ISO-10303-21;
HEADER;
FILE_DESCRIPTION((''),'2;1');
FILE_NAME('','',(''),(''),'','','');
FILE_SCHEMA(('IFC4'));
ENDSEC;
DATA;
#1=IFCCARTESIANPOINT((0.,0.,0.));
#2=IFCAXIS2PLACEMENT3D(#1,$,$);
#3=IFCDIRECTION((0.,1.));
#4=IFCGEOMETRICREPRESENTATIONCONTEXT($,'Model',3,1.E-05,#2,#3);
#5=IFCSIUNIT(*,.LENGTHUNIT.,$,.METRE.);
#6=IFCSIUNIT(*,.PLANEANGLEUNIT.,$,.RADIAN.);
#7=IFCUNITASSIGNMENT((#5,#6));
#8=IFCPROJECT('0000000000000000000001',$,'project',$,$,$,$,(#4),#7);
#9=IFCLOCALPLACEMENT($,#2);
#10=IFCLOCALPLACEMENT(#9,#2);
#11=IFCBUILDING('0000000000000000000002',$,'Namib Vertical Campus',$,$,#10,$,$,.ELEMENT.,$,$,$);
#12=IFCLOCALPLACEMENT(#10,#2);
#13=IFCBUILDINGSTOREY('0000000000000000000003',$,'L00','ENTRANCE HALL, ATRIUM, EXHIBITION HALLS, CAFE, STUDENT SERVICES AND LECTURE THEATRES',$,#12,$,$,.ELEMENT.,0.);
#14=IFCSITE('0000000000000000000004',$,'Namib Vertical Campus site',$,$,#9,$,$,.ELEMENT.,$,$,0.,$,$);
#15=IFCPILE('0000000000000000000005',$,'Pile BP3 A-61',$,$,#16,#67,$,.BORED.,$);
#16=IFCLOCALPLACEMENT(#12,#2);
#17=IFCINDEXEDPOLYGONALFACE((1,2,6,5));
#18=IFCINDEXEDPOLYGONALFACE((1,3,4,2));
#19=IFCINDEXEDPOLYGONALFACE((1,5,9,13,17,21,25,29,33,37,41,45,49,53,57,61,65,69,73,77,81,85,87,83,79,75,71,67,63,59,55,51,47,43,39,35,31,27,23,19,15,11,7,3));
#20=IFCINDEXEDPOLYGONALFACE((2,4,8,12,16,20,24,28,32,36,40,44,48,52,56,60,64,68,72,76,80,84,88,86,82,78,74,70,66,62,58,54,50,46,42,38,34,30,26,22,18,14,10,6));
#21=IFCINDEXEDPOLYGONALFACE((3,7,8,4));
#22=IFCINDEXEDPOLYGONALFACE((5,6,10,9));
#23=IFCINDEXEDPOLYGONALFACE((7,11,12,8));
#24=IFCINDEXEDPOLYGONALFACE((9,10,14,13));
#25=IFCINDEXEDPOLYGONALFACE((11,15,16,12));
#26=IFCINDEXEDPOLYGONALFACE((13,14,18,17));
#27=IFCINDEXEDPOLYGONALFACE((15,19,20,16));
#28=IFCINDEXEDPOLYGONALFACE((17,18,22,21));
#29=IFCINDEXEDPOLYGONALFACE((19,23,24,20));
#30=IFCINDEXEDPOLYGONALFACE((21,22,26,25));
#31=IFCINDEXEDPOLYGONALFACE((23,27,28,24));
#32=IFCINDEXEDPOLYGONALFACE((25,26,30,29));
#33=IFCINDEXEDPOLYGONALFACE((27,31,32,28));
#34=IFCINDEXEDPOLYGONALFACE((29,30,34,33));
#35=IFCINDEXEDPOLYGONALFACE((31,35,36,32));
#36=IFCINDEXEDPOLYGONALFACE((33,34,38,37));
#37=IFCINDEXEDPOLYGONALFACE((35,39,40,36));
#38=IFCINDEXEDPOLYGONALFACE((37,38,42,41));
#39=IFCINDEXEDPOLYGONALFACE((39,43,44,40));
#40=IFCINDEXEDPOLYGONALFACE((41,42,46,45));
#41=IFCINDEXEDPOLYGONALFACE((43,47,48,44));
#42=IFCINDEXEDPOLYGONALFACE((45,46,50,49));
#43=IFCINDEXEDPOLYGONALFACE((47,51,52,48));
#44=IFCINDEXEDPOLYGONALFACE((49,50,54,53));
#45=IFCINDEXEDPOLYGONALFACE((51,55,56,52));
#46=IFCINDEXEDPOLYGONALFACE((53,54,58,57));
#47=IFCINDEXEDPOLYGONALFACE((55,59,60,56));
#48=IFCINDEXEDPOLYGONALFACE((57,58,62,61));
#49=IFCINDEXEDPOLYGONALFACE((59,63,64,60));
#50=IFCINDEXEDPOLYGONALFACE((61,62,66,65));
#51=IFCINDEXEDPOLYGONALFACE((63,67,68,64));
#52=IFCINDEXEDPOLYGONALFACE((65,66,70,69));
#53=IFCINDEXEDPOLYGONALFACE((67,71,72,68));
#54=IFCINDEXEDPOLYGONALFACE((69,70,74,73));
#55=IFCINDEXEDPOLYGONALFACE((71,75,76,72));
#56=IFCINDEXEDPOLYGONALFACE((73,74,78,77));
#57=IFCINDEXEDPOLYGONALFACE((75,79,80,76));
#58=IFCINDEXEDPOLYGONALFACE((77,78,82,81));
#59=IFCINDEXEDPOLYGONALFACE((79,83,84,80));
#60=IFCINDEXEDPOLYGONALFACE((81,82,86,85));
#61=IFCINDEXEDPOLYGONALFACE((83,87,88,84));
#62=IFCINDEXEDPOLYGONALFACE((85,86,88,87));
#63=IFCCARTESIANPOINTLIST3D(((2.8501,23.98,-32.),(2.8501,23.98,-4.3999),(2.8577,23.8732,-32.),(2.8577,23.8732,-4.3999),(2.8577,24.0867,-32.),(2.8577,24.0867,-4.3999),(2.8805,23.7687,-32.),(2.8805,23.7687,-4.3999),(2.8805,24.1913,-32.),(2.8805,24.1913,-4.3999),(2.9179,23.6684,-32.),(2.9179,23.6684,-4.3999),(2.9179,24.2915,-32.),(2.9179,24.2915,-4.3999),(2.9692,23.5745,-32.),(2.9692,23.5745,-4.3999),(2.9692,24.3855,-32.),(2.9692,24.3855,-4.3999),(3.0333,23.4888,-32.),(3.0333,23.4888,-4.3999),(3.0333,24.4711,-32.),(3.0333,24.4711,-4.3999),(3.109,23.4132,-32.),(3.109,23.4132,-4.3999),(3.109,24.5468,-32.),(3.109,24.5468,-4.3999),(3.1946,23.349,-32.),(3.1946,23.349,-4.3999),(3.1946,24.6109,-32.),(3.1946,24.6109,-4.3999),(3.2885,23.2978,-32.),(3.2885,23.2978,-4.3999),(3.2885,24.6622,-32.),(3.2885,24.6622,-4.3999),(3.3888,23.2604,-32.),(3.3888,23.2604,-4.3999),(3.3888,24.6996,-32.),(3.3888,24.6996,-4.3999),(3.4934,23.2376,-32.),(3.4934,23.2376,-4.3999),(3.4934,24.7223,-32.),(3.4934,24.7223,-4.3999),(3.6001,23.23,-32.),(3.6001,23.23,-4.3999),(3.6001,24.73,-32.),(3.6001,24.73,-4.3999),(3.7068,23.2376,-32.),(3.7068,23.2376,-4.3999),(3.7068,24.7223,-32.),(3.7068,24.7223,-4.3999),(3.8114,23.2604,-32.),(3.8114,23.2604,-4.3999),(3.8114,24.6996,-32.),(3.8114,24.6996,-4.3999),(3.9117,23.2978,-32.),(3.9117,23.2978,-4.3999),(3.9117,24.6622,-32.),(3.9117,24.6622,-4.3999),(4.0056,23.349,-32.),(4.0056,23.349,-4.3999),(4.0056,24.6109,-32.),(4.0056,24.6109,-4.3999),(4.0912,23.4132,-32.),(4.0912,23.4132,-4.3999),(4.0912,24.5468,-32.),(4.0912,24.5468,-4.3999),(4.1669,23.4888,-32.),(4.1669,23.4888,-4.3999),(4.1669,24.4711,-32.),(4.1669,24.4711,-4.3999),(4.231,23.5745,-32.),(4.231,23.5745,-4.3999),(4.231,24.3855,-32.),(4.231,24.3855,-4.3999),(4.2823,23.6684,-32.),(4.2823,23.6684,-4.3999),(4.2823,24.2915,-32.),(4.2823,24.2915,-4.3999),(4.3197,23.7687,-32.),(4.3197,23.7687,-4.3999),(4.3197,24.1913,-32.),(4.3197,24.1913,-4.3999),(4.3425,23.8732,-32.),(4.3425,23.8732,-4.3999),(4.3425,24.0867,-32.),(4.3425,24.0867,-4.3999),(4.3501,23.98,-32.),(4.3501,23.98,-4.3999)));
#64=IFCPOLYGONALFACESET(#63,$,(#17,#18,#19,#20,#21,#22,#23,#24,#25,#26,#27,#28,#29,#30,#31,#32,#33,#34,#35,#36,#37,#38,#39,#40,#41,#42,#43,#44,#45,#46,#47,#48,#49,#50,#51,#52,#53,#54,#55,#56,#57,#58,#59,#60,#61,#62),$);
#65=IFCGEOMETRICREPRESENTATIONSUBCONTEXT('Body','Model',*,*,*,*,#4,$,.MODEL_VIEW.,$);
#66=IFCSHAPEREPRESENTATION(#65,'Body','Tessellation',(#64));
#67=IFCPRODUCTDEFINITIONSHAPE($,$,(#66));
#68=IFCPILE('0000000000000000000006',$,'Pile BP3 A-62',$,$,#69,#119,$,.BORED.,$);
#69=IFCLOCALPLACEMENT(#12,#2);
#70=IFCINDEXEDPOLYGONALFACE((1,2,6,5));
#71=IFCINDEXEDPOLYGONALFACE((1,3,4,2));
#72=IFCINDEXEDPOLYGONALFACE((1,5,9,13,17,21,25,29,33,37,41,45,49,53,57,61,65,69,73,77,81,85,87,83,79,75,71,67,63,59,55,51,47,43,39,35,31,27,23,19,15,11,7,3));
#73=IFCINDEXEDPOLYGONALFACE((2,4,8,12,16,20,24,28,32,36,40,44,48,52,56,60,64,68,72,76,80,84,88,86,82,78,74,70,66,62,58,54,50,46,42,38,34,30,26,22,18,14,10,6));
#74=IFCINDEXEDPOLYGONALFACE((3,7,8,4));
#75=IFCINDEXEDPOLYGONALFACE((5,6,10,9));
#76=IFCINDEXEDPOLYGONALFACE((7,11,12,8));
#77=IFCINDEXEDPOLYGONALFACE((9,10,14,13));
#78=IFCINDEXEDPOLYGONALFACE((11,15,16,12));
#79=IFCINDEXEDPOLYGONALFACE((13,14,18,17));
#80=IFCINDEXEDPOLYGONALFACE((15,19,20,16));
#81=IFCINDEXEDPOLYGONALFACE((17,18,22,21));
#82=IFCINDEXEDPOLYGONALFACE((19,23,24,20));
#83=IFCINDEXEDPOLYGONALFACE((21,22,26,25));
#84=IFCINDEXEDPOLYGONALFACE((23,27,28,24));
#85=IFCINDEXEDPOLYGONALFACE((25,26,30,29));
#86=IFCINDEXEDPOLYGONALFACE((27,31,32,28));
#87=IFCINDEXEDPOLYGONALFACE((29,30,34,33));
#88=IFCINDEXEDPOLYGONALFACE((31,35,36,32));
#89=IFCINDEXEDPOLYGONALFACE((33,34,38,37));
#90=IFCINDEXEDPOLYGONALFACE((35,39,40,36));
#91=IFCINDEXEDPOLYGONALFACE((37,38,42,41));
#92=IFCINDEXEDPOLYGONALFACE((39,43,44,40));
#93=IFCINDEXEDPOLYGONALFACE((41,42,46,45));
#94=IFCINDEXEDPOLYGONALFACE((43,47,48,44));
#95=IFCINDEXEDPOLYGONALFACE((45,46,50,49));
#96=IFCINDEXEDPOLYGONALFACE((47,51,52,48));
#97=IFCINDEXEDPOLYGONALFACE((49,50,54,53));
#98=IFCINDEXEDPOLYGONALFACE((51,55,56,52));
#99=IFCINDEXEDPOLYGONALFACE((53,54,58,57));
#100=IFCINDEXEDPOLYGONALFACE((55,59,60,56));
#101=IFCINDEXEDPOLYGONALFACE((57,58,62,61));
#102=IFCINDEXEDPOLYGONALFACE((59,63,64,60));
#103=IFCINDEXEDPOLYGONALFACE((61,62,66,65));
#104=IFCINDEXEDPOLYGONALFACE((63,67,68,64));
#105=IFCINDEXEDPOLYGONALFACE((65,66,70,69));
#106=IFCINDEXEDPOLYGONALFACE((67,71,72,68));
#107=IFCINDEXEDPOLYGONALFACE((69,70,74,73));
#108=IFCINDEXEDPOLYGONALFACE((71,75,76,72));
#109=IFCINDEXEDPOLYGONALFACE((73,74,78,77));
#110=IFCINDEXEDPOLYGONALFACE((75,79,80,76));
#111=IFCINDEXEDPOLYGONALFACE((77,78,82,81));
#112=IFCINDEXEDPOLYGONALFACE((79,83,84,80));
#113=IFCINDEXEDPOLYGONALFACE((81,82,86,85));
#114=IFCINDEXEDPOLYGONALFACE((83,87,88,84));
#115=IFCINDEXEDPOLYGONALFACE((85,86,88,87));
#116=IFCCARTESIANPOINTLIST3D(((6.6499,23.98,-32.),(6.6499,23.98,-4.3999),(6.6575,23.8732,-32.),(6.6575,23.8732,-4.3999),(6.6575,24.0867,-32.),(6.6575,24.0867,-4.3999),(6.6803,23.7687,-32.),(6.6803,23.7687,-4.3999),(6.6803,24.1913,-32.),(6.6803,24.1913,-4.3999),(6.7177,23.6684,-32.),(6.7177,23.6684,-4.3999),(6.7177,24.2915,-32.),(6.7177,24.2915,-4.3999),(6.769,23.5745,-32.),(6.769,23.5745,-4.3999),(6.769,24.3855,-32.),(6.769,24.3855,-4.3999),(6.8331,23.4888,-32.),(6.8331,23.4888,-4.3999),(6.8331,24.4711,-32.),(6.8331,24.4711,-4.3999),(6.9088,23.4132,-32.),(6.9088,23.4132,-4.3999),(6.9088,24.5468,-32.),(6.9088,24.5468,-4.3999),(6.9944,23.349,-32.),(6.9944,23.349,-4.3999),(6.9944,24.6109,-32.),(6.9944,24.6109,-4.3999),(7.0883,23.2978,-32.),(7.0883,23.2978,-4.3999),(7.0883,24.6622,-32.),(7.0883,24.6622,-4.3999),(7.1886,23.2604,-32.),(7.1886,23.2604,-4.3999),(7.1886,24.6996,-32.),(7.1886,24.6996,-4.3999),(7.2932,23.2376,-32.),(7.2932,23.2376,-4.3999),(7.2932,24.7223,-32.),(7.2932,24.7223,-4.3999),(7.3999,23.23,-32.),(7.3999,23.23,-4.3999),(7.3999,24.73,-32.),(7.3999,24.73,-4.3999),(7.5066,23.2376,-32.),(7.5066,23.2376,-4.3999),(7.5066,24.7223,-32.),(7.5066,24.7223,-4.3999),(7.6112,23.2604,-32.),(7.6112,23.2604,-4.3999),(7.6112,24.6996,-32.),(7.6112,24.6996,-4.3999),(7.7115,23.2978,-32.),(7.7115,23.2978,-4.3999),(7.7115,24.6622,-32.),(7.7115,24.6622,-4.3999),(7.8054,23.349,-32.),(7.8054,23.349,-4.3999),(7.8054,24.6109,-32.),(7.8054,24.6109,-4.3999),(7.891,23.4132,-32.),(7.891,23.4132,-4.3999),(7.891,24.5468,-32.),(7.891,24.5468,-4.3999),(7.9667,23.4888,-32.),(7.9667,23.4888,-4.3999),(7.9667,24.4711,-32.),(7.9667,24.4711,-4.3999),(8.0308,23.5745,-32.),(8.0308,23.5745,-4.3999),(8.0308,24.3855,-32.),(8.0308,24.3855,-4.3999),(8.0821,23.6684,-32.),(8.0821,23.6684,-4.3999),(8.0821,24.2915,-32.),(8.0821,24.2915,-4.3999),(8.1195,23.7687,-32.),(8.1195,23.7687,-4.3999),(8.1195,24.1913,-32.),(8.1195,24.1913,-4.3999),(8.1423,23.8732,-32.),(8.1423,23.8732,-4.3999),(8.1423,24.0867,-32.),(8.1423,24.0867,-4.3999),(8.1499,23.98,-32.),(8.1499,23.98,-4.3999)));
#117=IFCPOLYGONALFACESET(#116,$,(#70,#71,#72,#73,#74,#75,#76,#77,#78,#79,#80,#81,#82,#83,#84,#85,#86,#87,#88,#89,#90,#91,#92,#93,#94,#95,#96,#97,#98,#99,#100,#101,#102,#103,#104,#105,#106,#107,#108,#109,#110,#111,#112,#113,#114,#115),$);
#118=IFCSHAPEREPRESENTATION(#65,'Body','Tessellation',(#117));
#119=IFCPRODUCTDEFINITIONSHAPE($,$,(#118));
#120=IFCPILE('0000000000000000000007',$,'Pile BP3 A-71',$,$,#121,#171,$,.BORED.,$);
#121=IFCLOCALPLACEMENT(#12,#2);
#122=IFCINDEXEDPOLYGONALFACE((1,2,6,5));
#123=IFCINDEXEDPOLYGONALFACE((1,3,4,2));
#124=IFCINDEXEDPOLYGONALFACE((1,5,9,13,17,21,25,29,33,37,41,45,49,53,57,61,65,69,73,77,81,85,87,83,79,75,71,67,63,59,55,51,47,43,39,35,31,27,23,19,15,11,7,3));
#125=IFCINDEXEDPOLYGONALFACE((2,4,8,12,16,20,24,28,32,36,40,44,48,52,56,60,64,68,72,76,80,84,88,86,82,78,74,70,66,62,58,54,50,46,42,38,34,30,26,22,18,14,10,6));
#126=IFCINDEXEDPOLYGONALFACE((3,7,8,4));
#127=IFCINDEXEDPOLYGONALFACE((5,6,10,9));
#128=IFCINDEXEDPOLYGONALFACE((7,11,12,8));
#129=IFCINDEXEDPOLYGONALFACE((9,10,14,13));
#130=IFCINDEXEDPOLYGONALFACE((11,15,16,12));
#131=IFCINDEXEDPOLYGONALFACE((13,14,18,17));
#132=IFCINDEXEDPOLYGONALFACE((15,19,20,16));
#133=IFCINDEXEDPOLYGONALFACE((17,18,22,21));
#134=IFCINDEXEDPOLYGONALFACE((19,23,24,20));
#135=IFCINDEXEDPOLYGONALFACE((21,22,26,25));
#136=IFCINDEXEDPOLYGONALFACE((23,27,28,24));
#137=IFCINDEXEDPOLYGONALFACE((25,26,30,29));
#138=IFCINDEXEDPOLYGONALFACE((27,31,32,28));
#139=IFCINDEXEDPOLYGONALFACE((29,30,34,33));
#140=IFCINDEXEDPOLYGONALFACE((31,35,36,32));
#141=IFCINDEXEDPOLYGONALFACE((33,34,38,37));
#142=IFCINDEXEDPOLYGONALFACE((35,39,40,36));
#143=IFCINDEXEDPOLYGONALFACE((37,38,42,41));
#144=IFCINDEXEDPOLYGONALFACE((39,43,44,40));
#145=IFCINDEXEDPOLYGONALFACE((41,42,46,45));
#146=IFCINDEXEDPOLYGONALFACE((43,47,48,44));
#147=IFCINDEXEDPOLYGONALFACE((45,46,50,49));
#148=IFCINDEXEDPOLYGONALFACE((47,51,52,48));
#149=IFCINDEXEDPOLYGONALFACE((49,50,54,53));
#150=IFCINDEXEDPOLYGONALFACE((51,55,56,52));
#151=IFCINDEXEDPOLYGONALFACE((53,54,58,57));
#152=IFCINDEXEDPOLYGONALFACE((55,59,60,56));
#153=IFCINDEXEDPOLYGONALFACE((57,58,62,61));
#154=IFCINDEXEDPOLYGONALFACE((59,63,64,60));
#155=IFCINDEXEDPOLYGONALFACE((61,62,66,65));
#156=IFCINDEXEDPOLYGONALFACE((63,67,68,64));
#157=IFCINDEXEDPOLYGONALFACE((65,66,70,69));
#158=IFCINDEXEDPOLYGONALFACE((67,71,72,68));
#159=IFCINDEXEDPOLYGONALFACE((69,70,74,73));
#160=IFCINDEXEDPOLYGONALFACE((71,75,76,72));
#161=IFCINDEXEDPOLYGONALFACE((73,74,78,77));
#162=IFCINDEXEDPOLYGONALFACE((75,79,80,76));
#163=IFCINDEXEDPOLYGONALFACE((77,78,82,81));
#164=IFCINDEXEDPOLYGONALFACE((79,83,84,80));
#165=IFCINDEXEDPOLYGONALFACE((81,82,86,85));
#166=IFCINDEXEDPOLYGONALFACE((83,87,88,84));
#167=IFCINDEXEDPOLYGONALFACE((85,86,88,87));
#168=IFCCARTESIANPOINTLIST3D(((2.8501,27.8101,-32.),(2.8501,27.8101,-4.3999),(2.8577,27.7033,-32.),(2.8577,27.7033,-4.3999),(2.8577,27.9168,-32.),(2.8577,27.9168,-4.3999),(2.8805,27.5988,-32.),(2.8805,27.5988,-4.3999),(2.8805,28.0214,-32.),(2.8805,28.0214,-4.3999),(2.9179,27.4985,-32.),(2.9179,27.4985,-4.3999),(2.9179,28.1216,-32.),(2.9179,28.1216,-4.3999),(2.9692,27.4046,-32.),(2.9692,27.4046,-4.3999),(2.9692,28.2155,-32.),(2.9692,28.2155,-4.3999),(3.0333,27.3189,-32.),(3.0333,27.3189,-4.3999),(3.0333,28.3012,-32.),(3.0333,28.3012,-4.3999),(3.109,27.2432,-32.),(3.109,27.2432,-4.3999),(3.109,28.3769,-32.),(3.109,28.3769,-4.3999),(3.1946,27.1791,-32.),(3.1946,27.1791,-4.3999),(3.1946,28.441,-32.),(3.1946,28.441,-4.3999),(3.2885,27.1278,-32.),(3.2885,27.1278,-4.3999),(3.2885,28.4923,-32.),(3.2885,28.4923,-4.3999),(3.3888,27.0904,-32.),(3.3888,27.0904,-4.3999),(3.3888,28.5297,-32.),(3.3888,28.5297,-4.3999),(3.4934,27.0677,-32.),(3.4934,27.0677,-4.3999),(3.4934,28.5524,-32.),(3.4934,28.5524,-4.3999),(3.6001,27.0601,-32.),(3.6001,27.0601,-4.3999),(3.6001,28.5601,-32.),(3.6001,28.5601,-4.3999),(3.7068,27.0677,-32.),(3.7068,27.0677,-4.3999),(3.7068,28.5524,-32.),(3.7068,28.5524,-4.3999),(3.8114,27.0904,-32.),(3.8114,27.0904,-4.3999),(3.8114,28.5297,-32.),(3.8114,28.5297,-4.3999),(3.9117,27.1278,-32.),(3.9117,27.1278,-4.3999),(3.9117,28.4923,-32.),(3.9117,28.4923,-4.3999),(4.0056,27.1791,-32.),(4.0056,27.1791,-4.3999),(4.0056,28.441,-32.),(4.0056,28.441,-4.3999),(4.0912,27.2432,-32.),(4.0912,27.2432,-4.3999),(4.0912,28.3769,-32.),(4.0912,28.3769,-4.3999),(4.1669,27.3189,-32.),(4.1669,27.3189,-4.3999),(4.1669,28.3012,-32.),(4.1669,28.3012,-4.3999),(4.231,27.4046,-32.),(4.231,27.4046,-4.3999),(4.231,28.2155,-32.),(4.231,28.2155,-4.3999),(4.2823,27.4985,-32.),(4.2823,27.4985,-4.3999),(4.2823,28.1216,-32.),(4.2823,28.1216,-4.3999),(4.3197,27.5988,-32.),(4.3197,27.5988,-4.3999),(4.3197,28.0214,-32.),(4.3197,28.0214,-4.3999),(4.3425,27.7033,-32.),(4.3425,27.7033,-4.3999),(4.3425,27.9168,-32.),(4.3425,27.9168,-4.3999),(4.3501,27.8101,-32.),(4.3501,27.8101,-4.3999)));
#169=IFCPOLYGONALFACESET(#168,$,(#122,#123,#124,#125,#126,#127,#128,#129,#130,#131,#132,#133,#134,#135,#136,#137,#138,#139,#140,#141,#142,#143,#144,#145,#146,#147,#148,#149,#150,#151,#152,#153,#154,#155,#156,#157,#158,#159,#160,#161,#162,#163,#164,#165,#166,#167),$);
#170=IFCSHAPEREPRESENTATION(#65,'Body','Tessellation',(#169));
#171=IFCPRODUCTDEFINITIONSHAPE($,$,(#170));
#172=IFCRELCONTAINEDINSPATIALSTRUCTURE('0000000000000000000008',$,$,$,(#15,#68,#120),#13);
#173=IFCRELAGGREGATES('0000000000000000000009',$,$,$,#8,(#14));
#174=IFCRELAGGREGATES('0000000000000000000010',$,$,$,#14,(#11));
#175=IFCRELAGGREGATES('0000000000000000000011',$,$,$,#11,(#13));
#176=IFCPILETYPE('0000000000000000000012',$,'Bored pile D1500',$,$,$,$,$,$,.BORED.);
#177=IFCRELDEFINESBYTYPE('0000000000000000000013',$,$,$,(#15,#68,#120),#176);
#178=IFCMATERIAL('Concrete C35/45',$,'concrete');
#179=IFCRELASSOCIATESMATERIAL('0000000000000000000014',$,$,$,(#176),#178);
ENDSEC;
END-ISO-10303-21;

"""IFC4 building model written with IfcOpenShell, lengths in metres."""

from ifc_helpers import new_model, si_unit, direction, frame, origin, origin_2d, place, context, subcontext, project, spatial, circle, extrude, material, material_profile, profile_set, type_object, element, save


model = new_model("IFC4")

# Units and contexts
model_context = context("Model", 3, precision=1e-05, world=origin(), true_north=direction((0.0, 1.0)))
body_context = subcontext(model_context, "Body", "Model", "MODEL_VIEW")
ifc_project = project(units=[si_unit("LENGTHUNIT", "METRE"), si_unit("PLANEANGLEUNIT", "RADIAN")], contexts=[model_context])

# Site, building, storey
site_placement = place(None, origin())
site = spatial("IfcSite", under=ifc_project, at=site_placement, Name="Namib Vertical Campus site", CompositionType="ELEMENT", RefElevation=0.0)
building_placement = place(site_placement, origin())
building = spatial("IfcBuilding", under=site, at=building_placement, Name="Namib Vertical Campus", CompositionType="ELEMENT")
storey_placement = place(building_placement, origin())
storey = spatial("IfcBuildingStorey", under=building, at=storey_placement, Name="L00", Description="ENTRANCE HALL, ATRIUM, EXHIBITION HALLS, CAFE, STUDENT SERVICES AND LECTURE THEATRES", CompositionType="ELEMENT", Elevation=0.0)

# Piles
ifc_material_1 = material(Name="Concrete C35/45", Category="concrete")
ifc_material_profile_1 = material_profile(ifc_material_1, circle(Radius=0.75, at=origin_2d()))
ifc_profile_set_1 = profile_set([ifc_material_profile_1], Name="Concrete C35/45")
pile_type = type_object("IfcPileType", Name="Bored pile D1500", PredefinedType="BORED", material=ifc_profile_set_1)
for number, where, z_axis, x_axis, name in (
    (1, (3.6001, 23.98, -4.3999), (0.0, 0.0, -1.0), (1.0, 0.0, 0.0), "Pile BP3 A-61"),
    (2, (7.3999, 23.98, -4.3999), (0.0, 0.0, -1.0), (1.0, 0.0, 0.0), "Pile BP3 A-62"),
    (3, (3.6001, 27.8101, -4.3999), (0.0, 0.0, -1.0), (1.0, 0.0, 0.0), "Pile BP3 A-71"),
):
    element("IfcPile", number, at=place(storey_placement, frame(where, z_axis=z_axis, x_axis=x_axis)), inside=storey, type_object=pile_type, Name=name, PredefinedType="BORED", context=body_context, shape_type="SweptSolid", body=[
        extrude(circle(Radius=0.75, at=origin_2d()), origin(), (0.0, 0.0, 1.0), 27.6001),
    ])

save(model, "model.ifc")
